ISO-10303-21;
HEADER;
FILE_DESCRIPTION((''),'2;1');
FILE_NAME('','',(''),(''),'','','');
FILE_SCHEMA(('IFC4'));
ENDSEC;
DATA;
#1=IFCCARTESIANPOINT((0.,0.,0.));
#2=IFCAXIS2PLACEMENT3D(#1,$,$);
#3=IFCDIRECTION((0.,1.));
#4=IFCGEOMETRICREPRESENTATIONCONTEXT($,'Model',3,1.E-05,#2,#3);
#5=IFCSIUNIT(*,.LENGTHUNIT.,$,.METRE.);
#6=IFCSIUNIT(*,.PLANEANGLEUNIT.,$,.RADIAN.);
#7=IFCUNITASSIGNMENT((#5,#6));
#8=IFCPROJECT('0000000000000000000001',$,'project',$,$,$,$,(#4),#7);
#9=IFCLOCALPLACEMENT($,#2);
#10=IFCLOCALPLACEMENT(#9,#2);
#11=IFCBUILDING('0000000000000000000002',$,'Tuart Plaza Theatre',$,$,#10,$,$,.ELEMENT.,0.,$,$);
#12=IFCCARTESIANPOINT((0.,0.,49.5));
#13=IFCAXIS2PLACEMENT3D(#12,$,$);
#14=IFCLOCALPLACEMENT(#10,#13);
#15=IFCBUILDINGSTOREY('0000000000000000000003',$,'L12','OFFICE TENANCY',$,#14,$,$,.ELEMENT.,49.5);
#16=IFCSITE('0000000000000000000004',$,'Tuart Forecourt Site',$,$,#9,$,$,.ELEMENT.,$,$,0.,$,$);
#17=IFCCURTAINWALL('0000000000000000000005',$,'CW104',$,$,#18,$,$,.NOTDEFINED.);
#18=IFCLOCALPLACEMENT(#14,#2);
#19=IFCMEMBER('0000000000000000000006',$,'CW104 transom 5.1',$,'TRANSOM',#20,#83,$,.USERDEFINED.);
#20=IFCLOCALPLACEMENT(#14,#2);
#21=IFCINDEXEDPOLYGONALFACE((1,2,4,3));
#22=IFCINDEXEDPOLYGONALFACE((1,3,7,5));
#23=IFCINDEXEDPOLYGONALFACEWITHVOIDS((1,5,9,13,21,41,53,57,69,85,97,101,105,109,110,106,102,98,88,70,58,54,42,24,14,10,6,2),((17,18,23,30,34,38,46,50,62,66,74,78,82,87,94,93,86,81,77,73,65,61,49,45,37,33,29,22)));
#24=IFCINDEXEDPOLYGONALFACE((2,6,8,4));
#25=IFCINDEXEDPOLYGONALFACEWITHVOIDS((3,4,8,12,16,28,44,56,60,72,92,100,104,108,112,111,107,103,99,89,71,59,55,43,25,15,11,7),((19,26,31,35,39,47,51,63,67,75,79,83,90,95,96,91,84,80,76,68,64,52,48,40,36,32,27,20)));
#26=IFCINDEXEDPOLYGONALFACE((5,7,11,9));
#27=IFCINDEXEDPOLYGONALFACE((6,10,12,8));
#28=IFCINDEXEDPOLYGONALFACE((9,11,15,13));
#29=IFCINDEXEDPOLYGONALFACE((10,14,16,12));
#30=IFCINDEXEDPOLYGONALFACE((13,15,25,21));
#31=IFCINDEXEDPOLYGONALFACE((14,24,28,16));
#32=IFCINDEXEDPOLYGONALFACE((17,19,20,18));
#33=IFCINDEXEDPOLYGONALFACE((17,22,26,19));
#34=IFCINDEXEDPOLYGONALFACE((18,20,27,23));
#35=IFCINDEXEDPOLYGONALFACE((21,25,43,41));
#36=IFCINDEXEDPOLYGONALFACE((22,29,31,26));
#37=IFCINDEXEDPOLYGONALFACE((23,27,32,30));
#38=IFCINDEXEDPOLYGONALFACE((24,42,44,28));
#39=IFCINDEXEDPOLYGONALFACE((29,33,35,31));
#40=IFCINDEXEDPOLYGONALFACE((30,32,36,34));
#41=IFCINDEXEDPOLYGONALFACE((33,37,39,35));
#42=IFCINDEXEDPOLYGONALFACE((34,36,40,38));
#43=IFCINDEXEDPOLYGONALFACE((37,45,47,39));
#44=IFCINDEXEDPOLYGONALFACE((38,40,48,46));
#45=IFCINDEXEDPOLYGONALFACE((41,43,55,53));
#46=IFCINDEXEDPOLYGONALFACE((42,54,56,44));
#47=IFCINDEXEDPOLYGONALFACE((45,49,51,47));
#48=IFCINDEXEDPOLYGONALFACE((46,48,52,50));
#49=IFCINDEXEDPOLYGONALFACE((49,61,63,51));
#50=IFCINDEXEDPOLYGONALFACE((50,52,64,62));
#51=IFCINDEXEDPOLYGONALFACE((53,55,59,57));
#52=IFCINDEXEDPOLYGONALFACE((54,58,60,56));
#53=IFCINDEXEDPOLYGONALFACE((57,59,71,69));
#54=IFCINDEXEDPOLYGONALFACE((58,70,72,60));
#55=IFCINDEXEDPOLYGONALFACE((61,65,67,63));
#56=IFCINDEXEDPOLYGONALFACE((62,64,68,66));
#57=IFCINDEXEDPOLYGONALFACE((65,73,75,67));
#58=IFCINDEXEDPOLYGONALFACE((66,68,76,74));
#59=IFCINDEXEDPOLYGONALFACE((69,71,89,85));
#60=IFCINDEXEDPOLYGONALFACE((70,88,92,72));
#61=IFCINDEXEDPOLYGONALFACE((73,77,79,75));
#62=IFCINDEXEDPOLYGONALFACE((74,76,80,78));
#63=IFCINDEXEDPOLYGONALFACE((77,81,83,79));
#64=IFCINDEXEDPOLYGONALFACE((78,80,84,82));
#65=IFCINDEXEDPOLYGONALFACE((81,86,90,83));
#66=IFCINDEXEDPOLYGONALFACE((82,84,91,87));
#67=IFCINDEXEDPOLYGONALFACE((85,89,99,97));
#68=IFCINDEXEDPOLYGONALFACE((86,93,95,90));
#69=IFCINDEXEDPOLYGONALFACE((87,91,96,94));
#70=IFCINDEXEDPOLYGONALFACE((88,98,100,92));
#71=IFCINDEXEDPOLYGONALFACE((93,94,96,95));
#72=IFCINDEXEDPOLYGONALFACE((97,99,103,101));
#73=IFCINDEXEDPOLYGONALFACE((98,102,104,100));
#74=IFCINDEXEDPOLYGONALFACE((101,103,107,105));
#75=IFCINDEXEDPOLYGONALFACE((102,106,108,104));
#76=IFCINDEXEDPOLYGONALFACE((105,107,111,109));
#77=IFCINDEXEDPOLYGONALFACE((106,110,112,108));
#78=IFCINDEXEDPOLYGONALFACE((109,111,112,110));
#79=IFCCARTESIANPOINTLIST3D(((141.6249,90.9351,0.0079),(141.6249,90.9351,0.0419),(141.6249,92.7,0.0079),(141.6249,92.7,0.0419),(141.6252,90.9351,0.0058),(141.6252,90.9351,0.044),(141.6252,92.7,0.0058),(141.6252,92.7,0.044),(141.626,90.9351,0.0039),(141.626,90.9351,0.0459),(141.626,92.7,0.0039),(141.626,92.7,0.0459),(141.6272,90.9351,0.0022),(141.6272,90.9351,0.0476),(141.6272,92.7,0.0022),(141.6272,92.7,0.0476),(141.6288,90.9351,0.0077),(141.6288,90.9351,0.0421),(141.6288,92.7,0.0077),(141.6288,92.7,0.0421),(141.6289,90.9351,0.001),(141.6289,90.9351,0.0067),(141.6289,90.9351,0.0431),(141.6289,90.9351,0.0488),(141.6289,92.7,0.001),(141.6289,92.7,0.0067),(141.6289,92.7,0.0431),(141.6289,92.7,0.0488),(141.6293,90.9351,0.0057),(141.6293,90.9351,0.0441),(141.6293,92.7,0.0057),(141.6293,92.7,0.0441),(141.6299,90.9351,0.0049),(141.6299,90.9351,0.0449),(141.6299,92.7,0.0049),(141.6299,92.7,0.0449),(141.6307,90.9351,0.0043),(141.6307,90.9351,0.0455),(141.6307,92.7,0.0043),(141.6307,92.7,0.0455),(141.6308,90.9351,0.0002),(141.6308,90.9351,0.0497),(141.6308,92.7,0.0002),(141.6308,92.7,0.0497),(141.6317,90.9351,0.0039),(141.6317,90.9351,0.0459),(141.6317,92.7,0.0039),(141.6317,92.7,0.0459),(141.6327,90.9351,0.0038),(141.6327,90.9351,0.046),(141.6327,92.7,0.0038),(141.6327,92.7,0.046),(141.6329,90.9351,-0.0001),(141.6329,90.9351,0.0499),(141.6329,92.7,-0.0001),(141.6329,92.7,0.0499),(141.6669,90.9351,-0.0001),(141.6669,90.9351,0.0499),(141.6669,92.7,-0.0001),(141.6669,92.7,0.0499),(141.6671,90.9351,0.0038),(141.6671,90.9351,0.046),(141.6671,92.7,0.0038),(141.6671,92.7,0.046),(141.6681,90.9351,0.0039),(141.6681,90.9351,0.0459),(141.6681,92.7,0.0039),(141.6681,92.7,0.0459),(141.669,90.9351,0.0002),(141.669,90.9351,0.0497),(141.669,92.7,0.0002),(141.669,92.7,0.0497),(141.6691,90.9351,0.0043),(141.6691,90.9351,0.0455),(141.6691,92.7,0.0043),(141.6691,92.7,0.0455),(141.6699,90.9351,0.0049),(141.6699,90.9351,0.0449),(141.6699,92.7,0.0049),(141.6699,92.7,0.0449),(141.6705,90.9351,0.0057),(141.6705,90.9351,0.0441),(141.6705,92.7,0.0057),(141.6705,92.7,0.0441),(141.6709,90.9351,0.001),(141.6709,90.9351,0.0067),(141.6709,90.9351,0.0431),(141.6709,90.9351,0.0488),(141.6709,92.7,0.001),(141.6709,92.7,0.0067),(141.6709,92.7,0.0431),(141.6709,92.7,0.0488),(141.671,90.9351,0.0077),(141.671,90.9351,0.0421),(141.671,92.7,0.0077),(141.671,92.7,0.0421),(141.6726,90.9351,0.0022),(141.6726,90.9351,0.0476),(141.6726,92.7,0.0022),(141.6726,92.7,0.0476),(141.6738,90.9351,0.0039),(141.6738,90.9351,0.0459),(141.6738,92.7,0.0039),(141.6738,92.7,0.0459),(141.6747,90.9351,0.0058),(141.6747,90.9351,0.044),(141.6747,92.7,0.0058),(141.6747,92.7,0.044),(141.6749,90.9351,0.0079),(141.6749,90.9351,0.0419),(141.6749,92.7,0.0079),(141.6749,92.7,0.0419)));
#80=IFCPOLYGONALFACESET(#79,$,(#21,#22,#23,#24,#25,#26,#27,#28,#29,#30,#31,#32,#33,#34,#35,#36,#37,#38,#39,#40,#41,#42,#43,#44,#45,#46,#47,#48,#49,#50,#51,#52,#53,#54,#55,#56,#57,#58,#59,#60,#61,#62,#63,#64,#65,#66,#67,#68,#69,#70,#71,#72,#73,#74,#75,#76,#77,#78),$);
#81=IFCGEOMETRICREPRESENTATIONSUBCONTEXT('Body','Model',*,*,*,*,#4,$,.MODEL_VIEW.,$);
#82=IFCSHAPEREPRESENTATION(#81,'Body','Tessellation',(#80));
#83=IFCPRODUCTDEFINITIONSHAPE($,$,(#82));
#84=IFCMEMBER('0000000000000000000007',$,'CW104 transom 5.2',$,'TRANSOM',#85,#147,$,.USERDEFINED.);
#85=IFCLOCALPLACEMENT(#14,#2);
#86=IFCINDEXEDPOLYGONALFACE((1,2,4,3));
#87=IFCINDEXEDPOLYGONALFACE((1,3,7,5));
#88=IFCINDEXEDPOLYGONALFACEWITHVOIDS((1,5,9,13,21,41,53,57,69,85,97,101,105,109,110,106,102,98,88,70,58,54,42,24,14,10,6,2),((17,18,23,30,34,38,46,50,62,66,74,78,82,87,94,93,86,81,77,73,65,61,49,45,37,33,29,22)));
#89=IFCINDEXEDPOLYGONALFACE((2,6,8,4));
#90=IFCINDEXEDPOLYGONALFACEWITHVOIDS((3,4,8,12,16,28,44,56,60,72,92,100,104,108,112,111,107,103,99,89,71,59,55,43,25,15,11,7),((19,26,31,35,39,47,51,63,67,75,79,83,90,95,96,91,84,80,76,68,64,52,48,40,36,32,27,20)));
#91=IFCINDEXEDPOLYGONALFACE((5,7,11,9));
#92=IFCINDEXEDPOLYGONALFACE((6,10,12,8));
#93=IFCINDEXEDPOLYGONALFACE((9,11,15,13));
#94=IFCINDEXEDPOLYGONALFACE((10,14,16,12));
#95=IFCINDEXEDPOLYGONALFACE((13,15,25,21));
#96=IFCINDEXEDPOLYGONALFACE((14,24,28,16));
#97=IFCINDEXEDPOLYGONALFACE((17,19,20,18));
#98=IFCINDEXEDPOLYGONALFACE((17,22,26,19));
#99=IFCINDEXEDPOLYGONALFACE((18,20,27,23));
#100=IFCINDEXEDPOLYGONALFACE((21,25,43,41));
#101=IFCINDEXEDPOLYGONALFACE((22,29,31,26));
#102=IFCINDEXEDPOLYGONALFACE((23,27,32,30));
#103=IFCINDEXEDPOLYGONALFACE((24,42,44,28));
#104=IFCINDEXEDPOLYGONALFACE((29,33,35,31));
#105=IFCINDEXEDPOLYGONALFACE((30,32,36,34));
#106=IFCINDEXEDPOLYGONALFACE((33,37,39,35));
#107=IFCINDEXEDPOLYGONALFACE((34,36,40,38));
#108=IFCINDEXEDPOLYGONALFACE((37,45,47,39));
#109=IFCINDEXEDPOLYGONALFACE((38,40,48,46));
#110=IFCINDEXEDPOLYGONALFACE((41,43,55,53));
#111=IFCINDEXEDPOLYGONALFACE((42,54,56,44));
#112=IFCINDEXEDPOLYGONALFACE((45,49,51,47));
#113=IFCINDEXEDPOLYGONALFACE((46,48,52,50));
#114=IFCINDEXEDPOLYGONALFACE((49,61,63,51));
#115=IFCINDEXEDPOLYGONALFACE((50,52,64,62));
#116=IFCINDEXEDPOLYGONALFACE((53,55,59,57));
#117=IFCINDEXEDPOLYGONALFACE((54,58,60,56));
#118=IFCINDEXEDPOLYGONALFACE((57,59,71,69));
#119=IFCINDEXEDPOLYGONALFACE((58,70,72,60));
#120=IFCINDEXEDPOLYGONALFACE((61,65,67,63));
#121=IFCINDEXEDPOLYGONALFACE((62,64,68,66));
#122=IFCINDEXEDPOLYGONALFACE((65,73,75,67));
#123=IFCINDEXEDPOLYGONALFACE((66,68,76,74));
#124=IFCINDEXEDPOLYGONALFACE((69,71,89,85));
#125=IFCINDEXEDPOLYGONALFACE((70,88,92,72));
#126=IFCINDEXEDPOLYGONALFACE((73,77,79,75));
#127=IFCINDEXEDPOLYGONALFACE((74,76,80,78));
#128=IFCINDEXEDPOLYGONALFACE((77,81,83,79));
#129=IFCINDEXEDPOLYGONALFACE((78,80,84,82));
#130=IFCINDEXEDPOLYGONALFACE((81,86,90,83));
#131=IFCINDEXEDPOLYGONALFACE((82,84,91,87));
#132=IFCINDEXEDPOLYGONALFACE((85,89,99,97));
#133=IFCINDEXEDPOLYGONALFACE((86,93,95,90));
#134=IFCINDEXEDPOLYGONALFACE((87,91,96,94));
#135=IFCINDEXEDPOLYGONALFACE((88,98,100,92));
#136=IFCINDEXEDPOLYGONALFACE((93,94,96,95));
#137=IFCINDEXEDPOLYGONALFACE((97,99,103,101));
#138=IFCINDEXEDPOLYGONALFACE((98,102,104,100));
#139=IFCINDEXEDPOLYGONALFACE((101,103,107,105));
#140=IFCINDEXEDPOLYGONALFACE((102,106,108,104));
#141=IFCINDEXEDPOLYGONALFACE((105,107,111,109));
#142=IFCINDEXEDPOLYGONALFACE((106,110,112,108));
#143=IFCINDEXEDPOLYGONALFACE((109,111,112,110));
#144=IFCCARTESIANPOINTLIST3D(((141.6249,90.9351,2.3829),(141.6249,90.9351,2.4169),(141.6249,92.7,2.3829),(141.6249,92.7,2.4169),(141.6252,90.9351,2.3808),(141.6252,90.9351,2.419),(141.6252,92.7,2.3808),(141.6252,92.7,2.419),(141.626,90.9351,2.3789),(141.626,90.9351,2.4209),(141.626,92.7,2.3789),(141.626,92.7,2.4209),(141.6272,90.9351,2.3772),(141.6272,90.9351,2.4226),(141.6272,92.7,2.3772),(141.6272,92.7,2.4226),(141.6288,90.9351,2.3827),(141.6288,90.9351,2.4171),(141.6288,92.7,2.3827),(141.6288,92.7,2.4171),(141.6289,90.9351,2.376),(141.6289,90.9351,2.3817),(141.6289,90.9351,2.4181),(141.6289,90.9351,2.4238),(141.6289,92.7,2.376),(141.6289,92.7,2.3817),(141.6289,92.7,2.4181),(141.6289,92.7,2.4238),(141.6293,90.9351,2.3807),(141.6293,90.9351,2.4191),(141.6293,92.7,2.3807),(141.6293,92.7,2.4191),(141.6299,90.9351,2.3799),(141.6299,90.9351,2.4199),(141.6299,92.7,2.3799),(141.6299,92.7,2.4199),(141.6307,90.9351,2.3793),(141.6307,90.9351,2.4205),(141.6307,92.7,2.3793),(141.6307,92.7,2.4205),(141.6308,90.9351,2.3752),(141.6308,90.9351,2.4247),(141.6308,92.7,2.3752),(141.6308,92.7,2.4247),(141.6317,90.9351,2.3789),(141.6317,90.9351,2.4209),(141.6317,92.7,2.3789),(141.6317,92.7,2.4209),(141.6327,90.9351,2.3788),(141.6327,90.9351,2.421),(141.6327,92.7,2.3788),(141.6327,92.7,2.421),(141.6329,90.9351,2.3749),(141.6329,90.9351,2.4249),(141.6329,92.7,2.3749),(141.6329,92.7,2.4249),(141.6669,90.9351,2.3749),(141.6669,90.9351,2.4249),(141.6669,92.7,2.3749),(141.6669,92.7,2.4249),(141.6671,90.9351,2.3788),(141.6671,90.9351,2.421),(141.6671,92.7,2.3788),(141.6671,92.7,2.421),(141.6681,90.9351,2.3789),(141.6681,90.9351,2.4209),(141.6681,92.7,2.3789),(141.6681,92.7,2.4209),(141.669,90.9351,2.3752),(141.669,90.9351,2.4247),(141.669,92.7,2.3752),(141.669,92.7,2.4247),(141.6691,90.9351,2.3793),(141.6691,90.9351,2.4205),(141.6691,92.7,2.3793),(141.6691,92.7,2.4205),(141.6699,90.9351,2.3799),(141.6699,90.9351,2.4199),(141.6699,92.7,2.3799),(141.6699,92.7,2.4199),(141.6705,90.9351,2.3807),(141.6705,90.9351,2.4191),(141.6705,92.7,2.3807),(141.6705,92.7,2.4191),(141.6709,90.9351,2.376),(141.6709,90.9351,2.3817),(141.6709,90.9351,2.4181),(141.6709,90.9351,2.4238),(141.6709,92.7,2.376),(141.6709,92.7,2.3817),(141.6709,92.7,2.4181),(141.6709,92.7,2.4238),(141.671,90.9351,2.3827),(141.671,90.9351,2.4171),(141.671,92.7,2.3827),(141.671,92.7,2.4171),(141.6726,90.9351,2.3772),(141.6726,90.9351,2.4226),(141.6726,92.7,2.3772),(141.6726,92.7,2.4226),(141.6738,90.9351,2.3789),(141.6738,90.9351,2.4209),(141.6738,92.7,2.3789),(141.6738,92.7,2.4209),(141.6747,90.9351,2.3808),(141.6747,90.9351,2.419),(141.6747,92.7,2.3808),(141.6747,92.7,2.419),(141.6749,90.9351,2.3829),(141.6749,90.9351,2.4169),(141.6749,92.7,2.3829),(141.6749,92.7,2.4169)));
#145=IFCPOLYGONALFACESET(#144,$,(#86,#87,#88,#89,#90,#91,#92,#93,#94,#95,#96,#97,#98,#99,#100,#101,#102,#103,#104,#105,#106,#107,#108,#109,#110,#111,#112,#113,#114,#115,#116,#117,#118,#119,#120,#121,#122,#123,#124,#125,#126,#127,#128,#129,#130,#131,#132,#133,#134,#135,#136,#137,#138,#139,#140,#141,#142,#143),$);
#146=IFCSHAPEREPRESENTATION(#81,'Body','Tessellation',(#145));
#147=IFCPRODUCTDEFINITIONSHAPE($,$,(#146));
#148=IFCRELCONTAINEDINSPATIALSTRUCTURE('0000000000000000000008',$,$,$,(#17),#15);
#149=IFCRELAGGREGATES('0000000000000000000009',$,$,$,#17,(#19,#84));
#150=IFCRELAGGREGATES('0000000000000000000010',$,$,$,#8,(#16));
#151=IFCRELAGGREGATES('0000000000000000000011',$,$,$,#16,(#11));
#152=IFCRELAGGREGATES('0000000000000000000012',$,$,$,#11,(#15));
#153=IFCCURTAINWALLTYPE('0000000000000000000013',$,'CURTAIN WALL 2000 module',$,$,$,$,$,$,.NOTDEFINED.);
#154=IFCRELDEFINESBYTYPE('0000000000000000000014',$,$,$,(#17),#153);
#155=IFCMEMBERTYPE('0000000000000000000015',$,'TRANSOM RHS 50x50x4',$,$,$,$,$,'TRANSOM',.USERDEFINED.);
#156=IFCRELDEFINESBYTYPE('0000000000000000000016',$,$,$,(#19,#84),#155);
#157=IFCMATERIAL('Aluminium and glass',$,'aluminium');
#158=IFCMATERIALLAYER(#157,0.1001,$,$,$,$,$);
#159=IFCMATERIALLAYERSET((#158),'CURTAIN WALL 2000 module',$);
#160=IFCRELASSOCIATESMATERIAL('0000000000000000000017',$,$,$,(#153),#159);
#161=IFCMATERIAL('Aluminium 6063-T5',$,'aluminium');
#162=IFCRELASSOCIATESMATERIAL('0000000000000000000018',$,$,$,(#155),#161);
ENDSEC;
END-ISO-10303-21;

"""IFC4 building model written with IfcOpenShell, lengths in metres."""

from ifc_helpers import new_model, si_unit, direction, frame, origin, origin_2d, place, context, subcontext, project, spatial, hollow_rectangle, extrude, material, layer, layer_set, material_profile, profile_set, type_object, element, aggregate, save


model = new_model("IFC4")

# Units and contexts
model_context = context("Model", 3, precision=1e-05, world=origin(), true_north=direction((0.0, 1.0)))
body_context = subcontext(model_context, "Body", "Model", "MODEL_VIEW")
ifc_project = project(units=[si_unit("LENGTHUNIT", "METRE"), si_unit("PLANEANGLEUNIT", "RADIAN")], contexts=[model_context])

# Site, building, storey
site_placement = place(None, origin())
site = spatial("IfcSite", under=ifc_project, at=site_placement, Name="Tuart Forecourt Site", CompositionType="ELEMENT", RefElevation=0.0)
building_placement = place(site_placement, origin())
building = spatial("IfcBuilding", under=site, at=building_placement, Name="Tuart Plaza Theatre", CompositionType="ELEMENT", ElevationOfRefHeight=0.0)
storey_placement = place(building_placement, frame((0.0, 0.0, 49.5)))
storey = spatial("IfcBuildingStorey", under=building, at=storey_placement, Name="L12", Description="OFFICE TENANCY", CompositionType="ELEMENT", Elevation=49.5)

# Curtain wall, members
ifc_material_1 = material(Name="Aluminium and glass", Category="aluminium")
ifc_layer_1 = layer(ifc_material_1, 0.1001)
ifc_layer_set_1 = layer_set([ifc_layer_1], Name="CURTAIN WALL 2000 module")
curtain_wall_type = type_object("IfcCurtainWallType", Name="CURTAIN WALL 2000 module", PredefinedType="NOTDEFINED", material=ifc_layer_set_1)
curtain_wall_placement = place(storey_placement, origin())
curtain_wall = element("IfcCurtainWall", 1, at=curtain_wall_placement, inside=storey, type_object=curtain_wall_type, Name="CW104", PredefinedType="NOTDEFINED")
ifc_material_2 = material(Name="Aluminium 6063-T5", Category="aluminium")
ifc_material_profile_1 = material_profile(ifc_material_2, hollow_rectangle(XDim=0.05, YDim=0.05, WallThickness=0.0039, InnerFilletRadius=0.0039, OuterFilletRadius=0.0081, at=origin_2d()), Name="RHS 50x50x4")
ifc_profile_set_1 = profile_set([ifc_material_profile_1], Name="Aluminium 6063-T5")
member_type_1 = type_object("IfcMemberType", Name="TRANSOM RHS 50x50x4", ElementType="TRANSOM", PredefinedType="USERDEFINED", material=ifc_profile_set_1)
member_1_placement = place(storey_placement, frame((141.6499, 90.9351, 0.0249), z_axis=(0.0, 1.0, 0.0), x_axis=(-1.0, 0.0, 0.0)))
member_1 = element("IfcMember", 2, at=member_1_placement, type_object=member_type_1, Name="CW104 transom 5.1", ObjectType="TRANSOM", PredefinedType="USERDEFINED", context=body_context, shape_type="SweptSolid", body=[
    extrude(hollow_rectangle(XDim=0.05, YDim=0.05, WallThickness=0.0039, InnerFilletRadius=0.0039, OuterFilletRadius=0.0081, at=origin_2d()), origin(), (0.0, 0.0, 1.0), 1.7649),
])
member_2_placement = place(storey_placement, frame((141.6499, 90.9351, 2.3999), z_axis=(0.0, 1.0, 0.0), x_axis=(-1.0, 0.0, 0.0)))
member_2 = element("IfcMember", 3, at=member_2_placement, type_object=member_type_1, Name="CW104 transom 5.2", ObjectType="TRANSOM", PredefinedType="USERDEFINED", context=body_context, shape_type="SweptSolid", body=[
    extrude(hollow_rectangle(XDim=0.05, YDim=0.05, WallThickness=0.0039, InnerFilletRadius=0.0039, OuterFilletRadius=0.0081, at=origin_2d()), origin(), (0.0, 0.0, 1.0), 1.7649),
])
aggregate(curtain_wall, [member_1, member_2])

save(model, "model.ifc")
